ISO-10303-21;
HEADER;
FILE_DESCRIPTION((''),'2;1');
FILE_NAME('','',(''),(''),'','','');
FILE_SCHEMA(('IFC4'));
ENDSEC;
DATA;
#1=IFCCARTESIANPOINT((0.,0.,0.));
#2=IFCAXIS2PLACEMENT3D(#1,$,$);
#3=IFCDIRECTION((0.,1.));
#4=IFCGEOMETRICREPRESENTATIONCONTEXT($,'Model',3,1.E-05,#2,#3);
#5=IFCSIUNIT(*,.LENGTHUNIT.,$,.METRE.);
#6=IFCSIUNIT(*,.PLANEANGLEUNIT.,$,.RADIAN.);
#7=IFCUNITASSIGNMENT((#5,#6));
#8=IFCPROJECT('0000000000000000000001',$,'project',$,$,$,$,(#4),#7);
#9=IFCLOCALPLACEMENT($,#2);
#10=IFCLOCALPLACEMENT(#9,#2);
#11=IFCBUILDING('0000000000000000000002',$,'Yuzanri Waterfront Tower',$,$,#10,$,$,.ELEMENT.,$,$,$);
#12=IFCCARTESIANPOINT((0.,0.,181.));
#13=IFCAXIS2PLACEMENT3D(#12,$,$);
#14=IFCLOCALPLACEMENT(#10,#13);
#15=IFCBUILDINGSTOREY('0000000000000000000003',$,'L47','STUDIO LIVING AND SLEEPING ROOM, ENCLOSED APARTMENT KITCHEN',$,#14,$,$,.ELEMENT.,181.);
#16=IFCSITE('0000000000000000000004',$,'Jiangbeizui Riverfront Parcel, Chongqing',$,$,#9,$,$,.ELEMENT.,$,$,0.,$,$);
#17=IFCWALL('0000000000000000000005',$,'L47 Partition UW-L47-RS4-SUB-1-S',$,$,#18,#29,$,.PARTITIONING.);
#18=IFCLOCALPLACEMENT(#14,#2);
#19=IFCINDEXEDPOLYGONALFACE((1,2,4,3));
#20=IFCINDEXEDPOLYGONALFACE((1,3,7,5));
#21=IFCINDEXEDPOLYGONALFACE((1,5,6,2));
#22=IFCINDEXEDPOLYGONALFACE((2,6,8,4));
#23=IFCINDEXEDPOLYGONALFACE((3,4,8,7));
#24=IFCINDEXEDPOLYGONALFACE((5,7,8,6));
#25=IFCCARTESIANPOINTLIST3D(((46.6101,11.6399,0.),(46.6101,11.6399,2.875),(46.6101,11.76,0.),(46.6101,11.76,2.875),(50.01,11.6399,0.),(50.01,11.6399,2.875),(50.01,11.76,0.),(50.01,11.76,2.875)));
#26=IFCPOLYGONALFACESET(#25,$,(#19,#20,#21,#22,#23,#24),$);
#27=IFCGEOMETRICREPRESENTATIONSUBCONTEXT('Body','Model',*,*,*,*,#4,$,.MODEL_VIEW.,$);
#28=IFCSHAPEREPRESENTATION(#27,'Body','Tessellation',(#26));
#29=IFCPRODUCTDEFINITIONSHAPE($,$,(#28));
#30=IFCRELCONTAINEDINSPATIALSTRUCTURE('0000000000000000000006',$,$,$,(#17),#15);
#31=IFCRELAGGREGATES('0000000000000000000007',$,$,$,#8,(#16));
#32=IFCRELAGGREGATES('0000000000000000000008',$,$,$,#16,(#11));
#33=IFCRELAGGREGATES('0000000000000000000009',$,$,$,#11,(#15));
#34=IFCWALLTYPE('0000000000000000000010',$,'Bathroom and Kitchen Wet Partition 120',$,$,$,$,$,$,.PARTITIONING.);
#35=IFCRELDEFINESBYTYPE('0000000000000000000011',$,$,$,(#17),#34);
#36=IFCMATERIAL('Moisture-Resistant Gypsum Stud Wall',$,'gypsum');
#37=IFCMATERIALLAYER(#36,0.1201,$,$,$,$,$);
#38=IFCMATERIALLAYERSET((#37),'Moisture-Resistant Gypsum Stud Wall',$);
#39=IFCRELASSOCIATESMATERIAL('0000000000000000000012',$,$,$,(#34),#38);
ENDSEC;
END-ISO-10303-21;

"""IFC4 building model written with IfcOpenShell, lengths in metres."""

from ifc_helpers import new_model, si_unit, direction, frame, frame_2d, origin, place, context, subcontext, project, spatial, rectangle, extrude, source, transform, mapped, material, layer, layer_set, type_object, element, save


model = new_model("IFC4")

# Units and contexts
model_context = context("Model", 3, precision=1e-05, world=origin(), true_north=direction((0.0, 1.0)))
body_context = subcontext(model_context, "Body", "Model", "MODEL_VIEW")
ifc_project = project(units=[si_unit("LENGTHUNIT", "METRE"), si_unit("PLANEANGLEUNIT", "RADIAN")], contexts=[model_context])

# Site, building, storey
site_placement = place(None, origin())
site = spatial("IfcSite", under=ifc_project, at=site_placement, Name="Jiangbeizui Riverfront Parcel, Chongqing", CompositionType="ELEMENT", RefElevation=0.0)
building_placement = place(site_placement, origin())
building = spatial("IfcBuilding", under=site, at=building_placement, Name="Yuzanri Waterfront Tower", CompositionType="ELEMENT")
storey_placement = place(building_placement, frame((0.0, 0.0, 181.0)))
storey = spatial("IfcBuildingStorey", under=building, at=storey_placement, Name="L47", Description="STUDIO LIVING AND SLEEPING ROOM, ENCLOSED APARTMENT KITCHEN", CompositionType="ELEMENT", Elevation=181.0)

# Shared definitions
ifc_material_1 = material(Name="Moisture-Resistant Gypsum Stud Wall", Category="gypsum")
ifc_layer_1 = layer(ifc_material_1, 0.1201)
ifc_layer_set_1 = layer_set([ifc_layer_1], Name="Moisture-Resistant Gypsum Stud Wall")
wall_type_1 = type_object("IfcWallType", Name="Bathroom and Kitchen Wet Partition 120", PredefinedType="PARTITIONING", material=ifc_layer_set_1)

# Wall
shared_shape_1 = source(origin(), body_context, "Body", "SweptSolid", [
    extrude(rectangle(XDim=3.3999, YDim=0.1201, at=frame_2d((1.7, 0.0))), origin(), (0.0, 0.0, 1.0), 2.875),
])
wall_1_placement = place(storey_placement, frame((46.6101, 11.7, 0.0), z_axis=(0.0, 0.0, 1.0), x_axis=(1.0, 0.0, 0.0)))
element("IfcWall", 1, at=wall_1_placement, inside=storey, type_object=wall_type_1, Name="L47 Partition UW-L47-RS4-SUB-1-S", PredefinedType="PARTITIONING", context=body_context, shape_type="MappedRepresentation", body=[
    mapped(shared_shape_1, transform((0.0, 0.0, 0.0), scale=1.0)),
])

save(model, "model.ifc")
